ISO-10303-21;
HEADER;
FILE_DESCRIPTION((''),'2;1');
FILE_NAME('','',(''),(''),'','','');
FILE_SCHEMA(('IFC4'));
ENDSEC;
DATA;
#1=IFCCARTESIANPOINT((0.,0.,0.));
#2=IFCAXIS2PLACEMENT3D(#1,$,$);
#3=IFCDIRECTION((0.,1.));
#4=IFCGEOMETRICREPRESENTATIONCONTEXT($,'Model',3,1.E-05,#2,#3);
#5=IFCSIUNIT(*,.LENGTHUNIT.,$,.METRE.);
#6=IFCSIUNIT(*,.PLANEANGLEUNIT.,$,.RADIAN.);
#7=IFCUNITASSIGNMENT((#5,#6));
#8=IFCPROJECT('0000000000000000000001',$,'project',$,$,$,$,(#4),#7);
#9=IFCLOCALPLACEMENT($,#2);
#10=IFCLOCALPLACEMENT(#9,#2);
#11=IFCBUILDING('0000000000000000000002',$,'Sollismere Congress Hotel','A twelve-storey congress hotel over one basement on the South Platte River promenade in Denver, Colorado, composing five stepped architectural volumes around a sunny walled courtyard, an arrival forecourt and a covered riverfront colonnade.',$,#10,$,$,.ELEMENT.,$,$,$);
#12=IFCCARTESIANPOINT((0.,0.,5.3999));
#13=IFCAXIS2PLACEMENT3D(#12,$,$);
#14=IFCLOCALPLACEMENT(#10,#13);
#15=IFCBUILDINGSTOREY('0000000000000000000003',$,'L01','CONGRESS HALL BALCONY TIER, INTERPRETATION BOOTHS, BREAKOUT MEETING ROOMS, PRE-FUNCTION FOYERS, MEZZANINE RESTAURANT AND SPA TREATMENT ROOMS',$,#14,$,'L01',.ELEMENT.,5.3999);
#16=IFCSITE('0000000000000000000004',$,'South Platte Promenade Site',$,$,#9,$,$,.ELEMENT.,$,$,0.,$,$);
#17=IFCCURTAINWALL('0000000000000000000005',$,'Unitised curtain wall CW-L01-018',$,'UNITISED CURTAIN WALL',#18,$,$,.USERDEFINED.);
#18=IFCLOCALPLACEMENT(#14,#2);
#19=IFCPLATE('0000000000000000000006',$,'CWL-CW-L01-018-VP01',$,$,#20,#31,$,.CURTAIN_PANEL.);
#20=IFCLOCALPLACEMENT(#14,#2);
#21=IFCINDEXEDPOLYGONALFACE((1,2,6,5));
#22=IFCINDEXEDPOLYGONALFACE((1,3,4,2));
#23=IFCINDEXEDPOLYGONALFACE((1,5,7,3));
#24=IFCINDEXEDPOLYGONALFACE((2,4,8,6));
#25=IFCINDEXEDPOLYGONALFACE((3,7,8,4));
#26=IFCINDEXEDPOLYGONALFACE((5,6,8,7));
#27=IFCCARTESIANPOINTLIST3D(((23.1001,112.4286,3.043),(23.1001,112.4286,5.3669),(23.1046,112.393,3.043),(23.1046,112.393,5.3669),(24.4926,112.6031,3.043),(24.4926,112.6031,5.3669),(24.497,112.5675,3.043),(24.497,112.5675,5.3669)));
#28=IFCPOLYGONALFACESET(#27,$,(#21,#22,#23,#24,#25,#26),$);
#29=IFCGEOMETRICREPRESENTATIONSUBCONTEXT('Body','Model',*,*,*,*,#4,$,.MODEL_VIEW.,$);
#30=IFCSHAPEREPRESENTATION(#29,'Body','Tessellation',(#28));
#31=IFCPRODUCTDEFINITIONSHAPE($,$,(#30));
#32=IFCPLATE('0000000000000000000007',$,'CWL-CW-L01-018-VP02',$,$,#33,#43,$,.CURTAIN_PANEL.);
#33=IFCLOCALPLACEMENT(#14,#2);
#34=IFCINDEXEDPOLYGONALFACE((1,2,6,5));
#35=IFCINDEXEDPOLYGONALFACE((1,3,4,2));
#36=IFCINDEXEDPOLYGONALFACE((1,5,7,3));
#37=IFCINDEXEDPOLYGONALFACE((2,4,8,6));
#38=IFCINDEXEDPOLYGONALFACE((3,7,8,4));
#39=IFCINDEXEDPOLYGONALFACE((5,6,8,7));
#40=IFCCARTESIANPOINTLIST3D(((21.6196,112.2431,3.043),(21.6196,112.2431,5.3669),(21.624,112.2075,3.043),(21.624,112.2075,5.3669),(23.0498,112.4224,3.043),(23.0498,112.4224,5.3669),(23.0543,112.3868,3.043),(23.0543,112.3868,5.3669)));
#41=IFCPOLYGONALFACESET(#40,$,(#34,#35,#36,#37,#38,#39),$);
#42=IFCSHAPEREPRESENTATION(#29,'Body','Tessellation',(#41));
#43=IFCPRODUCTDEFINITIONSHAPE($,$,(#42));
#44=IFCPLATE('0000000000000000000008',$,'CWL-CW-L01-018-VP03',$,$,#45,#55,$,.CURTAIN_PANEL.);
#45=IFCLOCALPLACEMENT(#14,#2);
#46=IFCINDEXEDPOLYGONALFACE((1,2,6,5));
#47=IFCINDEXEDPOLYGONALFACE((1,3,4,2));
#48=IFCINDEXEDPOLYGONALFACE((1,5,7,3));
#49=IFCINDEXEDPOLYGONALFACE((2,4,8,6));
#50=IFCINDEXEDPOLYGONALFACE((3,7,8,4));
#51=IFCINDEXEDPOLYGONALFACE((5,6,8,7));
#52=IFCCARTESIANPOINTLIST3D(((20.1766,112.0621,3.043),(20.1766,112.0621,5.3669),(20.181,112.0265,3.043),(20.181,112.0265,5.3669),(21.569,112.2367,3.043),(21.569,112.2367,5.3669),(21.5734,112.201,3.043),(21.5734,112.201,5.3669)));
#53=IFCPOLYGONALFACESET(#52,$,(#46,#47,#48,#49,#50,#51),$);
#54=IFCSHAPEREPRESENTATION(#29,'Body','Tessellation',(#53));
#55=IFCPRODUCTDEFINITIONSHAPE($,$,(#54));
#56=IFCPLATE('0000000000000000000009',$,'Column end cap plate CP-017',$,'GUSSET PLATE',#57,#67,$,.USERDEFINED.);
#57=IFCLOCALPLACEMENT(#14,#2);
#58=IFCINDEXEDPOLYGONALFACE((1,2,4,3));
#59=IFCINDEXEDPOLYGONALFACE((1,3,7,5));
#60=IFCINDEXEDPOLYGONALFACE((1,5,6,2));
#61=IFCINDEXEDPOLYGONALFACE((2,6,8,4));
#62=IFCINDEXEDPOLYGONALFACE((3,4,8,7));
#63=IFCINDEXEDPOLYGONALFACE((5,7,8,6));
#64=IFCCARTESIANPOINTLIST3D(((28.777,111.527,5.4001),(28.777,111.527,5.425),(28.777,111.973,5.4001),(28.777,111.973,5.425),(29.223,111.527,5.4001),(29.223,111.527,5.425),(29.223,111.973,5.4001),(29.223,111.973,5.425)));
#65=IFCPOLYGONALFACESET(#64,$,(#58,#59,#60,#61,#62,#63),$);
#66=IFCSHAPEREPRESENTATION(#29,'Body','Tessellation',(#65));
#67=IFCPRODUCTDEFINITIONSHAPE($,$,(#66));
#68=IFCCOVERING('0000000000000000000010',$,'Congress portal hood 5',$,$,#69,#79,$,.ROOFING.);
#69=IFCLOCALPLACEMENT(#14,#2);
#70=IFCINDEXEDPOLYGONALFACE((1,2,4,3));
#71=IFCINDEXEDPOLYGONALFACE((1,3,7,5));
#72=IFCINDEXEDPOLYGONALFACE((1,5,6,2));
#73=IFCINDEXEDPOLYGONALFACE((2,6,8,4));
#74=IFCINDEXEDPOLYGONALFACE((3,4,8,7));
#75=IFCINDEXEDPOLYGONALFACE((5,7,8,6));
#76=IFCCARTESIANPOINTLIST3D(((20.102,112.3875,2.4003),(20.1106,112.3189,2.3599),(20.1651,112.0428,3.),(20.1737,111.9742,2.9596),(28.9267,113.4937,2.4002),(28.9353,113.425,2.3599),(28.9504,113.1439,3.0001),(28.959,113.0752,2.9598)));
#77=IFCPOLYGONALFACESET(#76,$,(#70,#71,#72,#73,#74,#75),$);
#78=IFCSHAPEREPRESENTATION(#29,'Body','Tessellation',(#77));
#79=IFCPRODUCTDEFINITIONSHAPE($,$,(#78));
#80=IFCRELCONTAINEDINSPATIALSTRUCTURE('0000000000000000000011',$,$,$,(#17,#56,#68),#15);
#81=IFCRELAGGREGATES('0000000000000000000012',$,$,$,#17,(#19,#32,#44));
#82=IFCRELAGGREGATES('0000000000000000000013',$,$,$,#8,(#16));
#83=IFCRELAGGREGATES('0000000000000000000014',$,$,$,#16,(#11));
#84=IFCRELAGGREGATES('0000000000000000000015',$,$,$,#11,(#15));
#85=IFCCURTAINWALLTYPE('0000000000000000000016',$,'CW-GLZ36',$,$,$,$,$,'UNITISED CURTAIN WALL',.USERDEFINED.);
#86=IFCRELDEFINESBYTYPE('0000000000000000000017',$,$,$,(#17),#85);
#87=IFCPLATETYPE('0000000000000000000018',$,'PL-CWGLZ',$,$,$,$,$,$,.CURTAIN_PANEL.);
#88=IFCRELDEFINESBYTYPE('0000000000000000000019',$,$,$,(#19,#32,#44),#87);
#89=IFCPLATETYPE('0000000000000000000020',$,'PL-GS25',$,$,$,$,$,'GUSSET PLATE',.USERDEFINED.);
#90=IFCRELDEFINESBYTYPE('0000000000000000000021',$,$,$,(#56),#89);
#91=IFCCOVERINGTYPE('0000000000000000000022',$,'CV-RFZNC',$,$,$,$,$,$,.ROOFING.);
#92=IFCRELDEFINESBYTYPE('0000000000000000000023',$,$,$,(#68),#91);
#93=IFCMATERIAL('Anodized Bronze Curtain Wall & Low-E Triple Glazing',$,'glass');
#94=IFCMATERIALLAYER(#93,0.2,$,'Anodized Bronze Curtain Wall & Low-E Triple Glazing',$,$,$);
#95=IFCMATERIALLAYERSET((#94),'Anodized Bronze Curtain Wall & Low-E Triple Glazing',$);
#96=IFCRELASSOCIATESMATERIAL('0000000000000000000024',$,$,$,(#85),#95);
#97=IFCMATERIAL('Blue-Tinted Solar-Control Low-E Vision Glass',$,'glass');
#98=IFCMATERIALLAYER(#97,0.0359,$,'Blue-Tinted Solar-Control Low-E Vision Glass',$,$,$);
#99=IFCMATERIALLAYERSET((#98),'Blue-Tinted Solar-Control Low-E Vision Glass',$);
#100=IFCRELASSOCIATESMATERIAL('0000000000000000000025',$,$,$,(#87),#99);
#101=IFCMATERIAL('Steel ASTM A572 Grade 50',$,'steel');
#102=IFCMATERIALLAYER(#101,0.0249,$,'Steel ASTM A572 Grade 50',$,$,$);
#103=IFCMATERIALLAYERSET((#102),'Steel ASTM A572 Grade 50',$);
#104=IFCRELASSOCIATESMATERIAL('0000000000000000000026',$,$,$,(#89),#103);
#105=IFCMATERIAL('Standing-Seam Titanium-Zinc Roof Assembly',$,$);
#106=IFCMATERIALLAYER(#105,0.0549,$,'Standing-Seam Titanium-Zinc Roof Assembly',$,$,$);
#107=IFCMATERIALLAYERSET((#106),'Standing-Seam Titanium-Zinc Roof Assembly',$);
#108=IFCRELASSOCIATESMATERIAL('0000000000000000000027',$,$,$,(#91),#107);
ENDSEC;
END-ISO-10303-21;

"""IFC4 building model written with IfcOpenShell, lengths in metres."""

from ifc_helpers import new_model, si_unit, direction, frame, origin, origin_2d, place, context, subcontext, project, spatial, polyline, rectangle, outline, extrude, material, layer, layer_set, type_object, element, aggregate, save


model = new_model("IFC4")

# Units and contexts
model_context = context("Model", 3, precision=1e-05, world=origin(), true_north=direction((0.0, 1.0)))
body_context = subcontext(model_context, "Body", "Model", "MODEL_VIEW")
ifc_project = project(units=[si_unit("LENGTHUNIT", "METRE"), si_unit("PLANEANGLEUNIT", "RADIAN")], contexts=[model_context])

# Site, building, storey
site_placement = place(None, origin())
site = spatial("IfcSite", under=ifc_project, at=site_placement, Name="South Platte Promenade Site", CompositionType="ELEMENT", RefElevation=0.0)
building_placement = place(site_placement, origin())
building = spatial("IfcBuilding", under=site, at=building_placement, Name="Sollismere Congress Hotel", Description="A twelve-storey congress hotel over one basement on the South Platte River promenade in Denver, Colorado, composing five stepped architectural volumes around a sunny walled courtyard, an arrival forecourt and a covered riverfront colonnade.", CompositionType="ELEMENT")
storey_placement = place(building_placement, frame((0.0, 0.0, 5.3999)))
storey = spatial("IfcBuildingStorey", under=building, at=storey_placement, Name="L01", Description="CONGRESS HALL BALCONY TIER, INTERPRETATION BOOTHS, BREAKOUT MEETING ROOMS, PRE-FUNCTION FOYERS, MEZZANINE RESTAURANT AND SPA TREATMENT ROOMS", LongName="L01", CompositionType="ELEMENT", Elevation=5.3999)

# Shared definitions
ifc_material_1 = material(Name="Anodized Bronze Curtain Wall & Low-E Triple Glazing", Category="glass")
ifc_layer_1 = layer(ifc_material_1, 0.2, Name="Anodized Bronze Curtain Wall & Low-E Triple Glazing")
ifc_layer_set_1 = layer_set([ifc_layer_1], Name="Anodized Bronze Curtain Wall & Low-E Triple Glazing")
curtain_wall_type = type_object("IfcCurtainWallType", Name="CW-GLZ36", ElementType="UNITISED CURTAIN WALL", PredefinedType="USERDEFINED", material=ifc_layer_set_1)

# Curtain wall
curtain_wall_1_placement = place(storey_placement, origin())
curtain_wall_1 = element("IfcCurtainWall", 1, at=curtain_wall_1_placement, inside=storey, type_object=curtain_wall_type, Name="Unitised curtain wall CW-L01-018", ObjectType="UNITISED CURTAIN WALL", PredefinedType="USERDEFINED")

# Plates
ifc_material_2 = material(Name="Blue-Tinted Solar-Control Low-E Vision Glass", Category="glass")
ifc_layer_2 = layer(ifc_material_2, 0.0359, Name="Blue-Tinted Solar-Control Low-E Vision Glass")
ifc_layer_set_2 = layer_set([ifc_layer_2], Name="Blue-Tinted Solar-Control Low-E Vision Glass")
plate_type_1 = type_object("IfcPlateType", Name="PL-CWGLZ", PredefinedType="CURTAIN_PANEL", material=ifc_layer_set_2)
plate_1_placement = place(storey_placement, frame((23.7986, 112.498, 3.043), z_axis=(0.0, 0.0, 1.0), x_axis=(-0.992237, -0.124363, 0.0)))
plate_1 = element("IfcPlate", 2, at=plate_1_placement, type_object=plate_type_1, Name="CWL-CW-L01-018-VP01", PredefinedType="CURTAIN_PANEL", context=body_context, shape_type="SweptSolid", body=[
    extrude(rectangle(XDim=1.4033, YDim=0.0359, at=origin_2d()), origin(), (0.0, 0.0, 1.0), 2.324),
])
plate_2_placement = place(storey_placement, frame((22.3369, 112.3149, 3.043), z_axis=(0.0, 0.0, 1.0), x_axis=(-0.992237, -0.124363, 0.0)))
plate_2 = element("IfcPlate", 3, at=plate_2_placement, type_object=plate_type_1, Name="CWL-CW-L01-018-VP02", PredefinedType="CURTAIN_PANEL", context=body_context, shape_type="SweptSolid", body=[
    extrude(rectangle(XDim=1.4414, YDim=0.0359, at=origin_2d()), origin(), (0.0, 0.0, 1.0), 2.324),
])
plate_3_placement = place(storey_placement, frame((20.875, 112.1316, 3.043), z_axis=(0.0, 0.0, 1.0), x_axis=(-0.992237, -0.124363, 0.0)))
plate_3 = element("IfcPlate", 4, at=plate_3_placement, type_object=plate_type_1, Name="CWL-CW-L01-018-VP03", PredefinedType="CURTAIN_PANEL", context=body_context, shape_type="SweptSolid", body=[
    extrude(rectangle(XDim=1.4033, YDim=0.0359, at=origin_2d()), origin(), (0.0, 0.0, 1.0), 2.324),
])
aggregate(curtain_wall_1, [plate_1, plate_2, plate_3])
ifc_material_3 = material(Name="Steel ASTM A572 Grade 50", Category="steel")
ifc_layer_3 = layer(ifc_material_3, 0.0249, Name="Steel ASTM A572 Grade 50")
ifc_layer_set_3 = layer_set([ifc_layer_3], Name="Steel ASTM A572 Grade 50")
plate_type_2 = type_object("IfcPlateType", Name="PL-GS25", ElementType="GUSSET PLATE", PredefinedType="USERDEFINED", material=ifc_layer_set_3)
plate_4_placement = place(storey_placement, frame((29.0, 111.75, 5.4001), z_axis=(0.0, 0.0, 1.0), x_axis=(0.0, 1.0, 0.0)))
element("IfcPlate", 5, at=plate_4_placement, inside=storey, type_object=plate_type_2, Name="Column end cap plate CP-017", ObjectType="GUSSET PLATE", PredefinedType="USERDEFINED", context=body_context, shape_type="SweptSolid", body=[
    extrude(rectangle(XDim=0.446, YDim=0.446, at=origin_2d()), origin(), (0.0, 0.0, 1.0), 0.0249),
])

# Covering
ifc_material_4 = material(Name="Standing-Seam Titanium-Zinc Roof Assembly")
ifc_layer_4 = layer(ifc_material_4, 0.0549, Name="Standing-Seam Titanium-Zinc Roof Assembly")
ifc_layer_set_4 = layer_set([ifc_layer_4], Name="Standing-Seam Titanium-Zinc Roof Assembly")
covering_type = type_object("IfcCoveringType", Name="CV-RFZNC", PredefinedType="ROOFING", material=ifc_layer_set_4)
covering_placement = place(storey_placement, frame((28.9353, 113.425, 2.3599), z_axis=(-0.107422, 0.85702, 0.503961), x_axis=(-0.992236, -0.124372, 0.000004)))
element("IfcCovering", 6, at=covering_placement, inside=storey, type_object=covering_type, Name="Congress portal hood 5", PredefinedType="ROOFING", context=body_context, shape_type="SweptSolid", body=[
    extrude(outline(polyline([(0.0, 0.0), (8.8938, 0.0), (8.874, 0.6943), (0.02, 0.6946), (0.0, 0.0)])), origin(), (0.0, 0.0, 1.0), 0.0801),
])

save(model, "model.ifc")
